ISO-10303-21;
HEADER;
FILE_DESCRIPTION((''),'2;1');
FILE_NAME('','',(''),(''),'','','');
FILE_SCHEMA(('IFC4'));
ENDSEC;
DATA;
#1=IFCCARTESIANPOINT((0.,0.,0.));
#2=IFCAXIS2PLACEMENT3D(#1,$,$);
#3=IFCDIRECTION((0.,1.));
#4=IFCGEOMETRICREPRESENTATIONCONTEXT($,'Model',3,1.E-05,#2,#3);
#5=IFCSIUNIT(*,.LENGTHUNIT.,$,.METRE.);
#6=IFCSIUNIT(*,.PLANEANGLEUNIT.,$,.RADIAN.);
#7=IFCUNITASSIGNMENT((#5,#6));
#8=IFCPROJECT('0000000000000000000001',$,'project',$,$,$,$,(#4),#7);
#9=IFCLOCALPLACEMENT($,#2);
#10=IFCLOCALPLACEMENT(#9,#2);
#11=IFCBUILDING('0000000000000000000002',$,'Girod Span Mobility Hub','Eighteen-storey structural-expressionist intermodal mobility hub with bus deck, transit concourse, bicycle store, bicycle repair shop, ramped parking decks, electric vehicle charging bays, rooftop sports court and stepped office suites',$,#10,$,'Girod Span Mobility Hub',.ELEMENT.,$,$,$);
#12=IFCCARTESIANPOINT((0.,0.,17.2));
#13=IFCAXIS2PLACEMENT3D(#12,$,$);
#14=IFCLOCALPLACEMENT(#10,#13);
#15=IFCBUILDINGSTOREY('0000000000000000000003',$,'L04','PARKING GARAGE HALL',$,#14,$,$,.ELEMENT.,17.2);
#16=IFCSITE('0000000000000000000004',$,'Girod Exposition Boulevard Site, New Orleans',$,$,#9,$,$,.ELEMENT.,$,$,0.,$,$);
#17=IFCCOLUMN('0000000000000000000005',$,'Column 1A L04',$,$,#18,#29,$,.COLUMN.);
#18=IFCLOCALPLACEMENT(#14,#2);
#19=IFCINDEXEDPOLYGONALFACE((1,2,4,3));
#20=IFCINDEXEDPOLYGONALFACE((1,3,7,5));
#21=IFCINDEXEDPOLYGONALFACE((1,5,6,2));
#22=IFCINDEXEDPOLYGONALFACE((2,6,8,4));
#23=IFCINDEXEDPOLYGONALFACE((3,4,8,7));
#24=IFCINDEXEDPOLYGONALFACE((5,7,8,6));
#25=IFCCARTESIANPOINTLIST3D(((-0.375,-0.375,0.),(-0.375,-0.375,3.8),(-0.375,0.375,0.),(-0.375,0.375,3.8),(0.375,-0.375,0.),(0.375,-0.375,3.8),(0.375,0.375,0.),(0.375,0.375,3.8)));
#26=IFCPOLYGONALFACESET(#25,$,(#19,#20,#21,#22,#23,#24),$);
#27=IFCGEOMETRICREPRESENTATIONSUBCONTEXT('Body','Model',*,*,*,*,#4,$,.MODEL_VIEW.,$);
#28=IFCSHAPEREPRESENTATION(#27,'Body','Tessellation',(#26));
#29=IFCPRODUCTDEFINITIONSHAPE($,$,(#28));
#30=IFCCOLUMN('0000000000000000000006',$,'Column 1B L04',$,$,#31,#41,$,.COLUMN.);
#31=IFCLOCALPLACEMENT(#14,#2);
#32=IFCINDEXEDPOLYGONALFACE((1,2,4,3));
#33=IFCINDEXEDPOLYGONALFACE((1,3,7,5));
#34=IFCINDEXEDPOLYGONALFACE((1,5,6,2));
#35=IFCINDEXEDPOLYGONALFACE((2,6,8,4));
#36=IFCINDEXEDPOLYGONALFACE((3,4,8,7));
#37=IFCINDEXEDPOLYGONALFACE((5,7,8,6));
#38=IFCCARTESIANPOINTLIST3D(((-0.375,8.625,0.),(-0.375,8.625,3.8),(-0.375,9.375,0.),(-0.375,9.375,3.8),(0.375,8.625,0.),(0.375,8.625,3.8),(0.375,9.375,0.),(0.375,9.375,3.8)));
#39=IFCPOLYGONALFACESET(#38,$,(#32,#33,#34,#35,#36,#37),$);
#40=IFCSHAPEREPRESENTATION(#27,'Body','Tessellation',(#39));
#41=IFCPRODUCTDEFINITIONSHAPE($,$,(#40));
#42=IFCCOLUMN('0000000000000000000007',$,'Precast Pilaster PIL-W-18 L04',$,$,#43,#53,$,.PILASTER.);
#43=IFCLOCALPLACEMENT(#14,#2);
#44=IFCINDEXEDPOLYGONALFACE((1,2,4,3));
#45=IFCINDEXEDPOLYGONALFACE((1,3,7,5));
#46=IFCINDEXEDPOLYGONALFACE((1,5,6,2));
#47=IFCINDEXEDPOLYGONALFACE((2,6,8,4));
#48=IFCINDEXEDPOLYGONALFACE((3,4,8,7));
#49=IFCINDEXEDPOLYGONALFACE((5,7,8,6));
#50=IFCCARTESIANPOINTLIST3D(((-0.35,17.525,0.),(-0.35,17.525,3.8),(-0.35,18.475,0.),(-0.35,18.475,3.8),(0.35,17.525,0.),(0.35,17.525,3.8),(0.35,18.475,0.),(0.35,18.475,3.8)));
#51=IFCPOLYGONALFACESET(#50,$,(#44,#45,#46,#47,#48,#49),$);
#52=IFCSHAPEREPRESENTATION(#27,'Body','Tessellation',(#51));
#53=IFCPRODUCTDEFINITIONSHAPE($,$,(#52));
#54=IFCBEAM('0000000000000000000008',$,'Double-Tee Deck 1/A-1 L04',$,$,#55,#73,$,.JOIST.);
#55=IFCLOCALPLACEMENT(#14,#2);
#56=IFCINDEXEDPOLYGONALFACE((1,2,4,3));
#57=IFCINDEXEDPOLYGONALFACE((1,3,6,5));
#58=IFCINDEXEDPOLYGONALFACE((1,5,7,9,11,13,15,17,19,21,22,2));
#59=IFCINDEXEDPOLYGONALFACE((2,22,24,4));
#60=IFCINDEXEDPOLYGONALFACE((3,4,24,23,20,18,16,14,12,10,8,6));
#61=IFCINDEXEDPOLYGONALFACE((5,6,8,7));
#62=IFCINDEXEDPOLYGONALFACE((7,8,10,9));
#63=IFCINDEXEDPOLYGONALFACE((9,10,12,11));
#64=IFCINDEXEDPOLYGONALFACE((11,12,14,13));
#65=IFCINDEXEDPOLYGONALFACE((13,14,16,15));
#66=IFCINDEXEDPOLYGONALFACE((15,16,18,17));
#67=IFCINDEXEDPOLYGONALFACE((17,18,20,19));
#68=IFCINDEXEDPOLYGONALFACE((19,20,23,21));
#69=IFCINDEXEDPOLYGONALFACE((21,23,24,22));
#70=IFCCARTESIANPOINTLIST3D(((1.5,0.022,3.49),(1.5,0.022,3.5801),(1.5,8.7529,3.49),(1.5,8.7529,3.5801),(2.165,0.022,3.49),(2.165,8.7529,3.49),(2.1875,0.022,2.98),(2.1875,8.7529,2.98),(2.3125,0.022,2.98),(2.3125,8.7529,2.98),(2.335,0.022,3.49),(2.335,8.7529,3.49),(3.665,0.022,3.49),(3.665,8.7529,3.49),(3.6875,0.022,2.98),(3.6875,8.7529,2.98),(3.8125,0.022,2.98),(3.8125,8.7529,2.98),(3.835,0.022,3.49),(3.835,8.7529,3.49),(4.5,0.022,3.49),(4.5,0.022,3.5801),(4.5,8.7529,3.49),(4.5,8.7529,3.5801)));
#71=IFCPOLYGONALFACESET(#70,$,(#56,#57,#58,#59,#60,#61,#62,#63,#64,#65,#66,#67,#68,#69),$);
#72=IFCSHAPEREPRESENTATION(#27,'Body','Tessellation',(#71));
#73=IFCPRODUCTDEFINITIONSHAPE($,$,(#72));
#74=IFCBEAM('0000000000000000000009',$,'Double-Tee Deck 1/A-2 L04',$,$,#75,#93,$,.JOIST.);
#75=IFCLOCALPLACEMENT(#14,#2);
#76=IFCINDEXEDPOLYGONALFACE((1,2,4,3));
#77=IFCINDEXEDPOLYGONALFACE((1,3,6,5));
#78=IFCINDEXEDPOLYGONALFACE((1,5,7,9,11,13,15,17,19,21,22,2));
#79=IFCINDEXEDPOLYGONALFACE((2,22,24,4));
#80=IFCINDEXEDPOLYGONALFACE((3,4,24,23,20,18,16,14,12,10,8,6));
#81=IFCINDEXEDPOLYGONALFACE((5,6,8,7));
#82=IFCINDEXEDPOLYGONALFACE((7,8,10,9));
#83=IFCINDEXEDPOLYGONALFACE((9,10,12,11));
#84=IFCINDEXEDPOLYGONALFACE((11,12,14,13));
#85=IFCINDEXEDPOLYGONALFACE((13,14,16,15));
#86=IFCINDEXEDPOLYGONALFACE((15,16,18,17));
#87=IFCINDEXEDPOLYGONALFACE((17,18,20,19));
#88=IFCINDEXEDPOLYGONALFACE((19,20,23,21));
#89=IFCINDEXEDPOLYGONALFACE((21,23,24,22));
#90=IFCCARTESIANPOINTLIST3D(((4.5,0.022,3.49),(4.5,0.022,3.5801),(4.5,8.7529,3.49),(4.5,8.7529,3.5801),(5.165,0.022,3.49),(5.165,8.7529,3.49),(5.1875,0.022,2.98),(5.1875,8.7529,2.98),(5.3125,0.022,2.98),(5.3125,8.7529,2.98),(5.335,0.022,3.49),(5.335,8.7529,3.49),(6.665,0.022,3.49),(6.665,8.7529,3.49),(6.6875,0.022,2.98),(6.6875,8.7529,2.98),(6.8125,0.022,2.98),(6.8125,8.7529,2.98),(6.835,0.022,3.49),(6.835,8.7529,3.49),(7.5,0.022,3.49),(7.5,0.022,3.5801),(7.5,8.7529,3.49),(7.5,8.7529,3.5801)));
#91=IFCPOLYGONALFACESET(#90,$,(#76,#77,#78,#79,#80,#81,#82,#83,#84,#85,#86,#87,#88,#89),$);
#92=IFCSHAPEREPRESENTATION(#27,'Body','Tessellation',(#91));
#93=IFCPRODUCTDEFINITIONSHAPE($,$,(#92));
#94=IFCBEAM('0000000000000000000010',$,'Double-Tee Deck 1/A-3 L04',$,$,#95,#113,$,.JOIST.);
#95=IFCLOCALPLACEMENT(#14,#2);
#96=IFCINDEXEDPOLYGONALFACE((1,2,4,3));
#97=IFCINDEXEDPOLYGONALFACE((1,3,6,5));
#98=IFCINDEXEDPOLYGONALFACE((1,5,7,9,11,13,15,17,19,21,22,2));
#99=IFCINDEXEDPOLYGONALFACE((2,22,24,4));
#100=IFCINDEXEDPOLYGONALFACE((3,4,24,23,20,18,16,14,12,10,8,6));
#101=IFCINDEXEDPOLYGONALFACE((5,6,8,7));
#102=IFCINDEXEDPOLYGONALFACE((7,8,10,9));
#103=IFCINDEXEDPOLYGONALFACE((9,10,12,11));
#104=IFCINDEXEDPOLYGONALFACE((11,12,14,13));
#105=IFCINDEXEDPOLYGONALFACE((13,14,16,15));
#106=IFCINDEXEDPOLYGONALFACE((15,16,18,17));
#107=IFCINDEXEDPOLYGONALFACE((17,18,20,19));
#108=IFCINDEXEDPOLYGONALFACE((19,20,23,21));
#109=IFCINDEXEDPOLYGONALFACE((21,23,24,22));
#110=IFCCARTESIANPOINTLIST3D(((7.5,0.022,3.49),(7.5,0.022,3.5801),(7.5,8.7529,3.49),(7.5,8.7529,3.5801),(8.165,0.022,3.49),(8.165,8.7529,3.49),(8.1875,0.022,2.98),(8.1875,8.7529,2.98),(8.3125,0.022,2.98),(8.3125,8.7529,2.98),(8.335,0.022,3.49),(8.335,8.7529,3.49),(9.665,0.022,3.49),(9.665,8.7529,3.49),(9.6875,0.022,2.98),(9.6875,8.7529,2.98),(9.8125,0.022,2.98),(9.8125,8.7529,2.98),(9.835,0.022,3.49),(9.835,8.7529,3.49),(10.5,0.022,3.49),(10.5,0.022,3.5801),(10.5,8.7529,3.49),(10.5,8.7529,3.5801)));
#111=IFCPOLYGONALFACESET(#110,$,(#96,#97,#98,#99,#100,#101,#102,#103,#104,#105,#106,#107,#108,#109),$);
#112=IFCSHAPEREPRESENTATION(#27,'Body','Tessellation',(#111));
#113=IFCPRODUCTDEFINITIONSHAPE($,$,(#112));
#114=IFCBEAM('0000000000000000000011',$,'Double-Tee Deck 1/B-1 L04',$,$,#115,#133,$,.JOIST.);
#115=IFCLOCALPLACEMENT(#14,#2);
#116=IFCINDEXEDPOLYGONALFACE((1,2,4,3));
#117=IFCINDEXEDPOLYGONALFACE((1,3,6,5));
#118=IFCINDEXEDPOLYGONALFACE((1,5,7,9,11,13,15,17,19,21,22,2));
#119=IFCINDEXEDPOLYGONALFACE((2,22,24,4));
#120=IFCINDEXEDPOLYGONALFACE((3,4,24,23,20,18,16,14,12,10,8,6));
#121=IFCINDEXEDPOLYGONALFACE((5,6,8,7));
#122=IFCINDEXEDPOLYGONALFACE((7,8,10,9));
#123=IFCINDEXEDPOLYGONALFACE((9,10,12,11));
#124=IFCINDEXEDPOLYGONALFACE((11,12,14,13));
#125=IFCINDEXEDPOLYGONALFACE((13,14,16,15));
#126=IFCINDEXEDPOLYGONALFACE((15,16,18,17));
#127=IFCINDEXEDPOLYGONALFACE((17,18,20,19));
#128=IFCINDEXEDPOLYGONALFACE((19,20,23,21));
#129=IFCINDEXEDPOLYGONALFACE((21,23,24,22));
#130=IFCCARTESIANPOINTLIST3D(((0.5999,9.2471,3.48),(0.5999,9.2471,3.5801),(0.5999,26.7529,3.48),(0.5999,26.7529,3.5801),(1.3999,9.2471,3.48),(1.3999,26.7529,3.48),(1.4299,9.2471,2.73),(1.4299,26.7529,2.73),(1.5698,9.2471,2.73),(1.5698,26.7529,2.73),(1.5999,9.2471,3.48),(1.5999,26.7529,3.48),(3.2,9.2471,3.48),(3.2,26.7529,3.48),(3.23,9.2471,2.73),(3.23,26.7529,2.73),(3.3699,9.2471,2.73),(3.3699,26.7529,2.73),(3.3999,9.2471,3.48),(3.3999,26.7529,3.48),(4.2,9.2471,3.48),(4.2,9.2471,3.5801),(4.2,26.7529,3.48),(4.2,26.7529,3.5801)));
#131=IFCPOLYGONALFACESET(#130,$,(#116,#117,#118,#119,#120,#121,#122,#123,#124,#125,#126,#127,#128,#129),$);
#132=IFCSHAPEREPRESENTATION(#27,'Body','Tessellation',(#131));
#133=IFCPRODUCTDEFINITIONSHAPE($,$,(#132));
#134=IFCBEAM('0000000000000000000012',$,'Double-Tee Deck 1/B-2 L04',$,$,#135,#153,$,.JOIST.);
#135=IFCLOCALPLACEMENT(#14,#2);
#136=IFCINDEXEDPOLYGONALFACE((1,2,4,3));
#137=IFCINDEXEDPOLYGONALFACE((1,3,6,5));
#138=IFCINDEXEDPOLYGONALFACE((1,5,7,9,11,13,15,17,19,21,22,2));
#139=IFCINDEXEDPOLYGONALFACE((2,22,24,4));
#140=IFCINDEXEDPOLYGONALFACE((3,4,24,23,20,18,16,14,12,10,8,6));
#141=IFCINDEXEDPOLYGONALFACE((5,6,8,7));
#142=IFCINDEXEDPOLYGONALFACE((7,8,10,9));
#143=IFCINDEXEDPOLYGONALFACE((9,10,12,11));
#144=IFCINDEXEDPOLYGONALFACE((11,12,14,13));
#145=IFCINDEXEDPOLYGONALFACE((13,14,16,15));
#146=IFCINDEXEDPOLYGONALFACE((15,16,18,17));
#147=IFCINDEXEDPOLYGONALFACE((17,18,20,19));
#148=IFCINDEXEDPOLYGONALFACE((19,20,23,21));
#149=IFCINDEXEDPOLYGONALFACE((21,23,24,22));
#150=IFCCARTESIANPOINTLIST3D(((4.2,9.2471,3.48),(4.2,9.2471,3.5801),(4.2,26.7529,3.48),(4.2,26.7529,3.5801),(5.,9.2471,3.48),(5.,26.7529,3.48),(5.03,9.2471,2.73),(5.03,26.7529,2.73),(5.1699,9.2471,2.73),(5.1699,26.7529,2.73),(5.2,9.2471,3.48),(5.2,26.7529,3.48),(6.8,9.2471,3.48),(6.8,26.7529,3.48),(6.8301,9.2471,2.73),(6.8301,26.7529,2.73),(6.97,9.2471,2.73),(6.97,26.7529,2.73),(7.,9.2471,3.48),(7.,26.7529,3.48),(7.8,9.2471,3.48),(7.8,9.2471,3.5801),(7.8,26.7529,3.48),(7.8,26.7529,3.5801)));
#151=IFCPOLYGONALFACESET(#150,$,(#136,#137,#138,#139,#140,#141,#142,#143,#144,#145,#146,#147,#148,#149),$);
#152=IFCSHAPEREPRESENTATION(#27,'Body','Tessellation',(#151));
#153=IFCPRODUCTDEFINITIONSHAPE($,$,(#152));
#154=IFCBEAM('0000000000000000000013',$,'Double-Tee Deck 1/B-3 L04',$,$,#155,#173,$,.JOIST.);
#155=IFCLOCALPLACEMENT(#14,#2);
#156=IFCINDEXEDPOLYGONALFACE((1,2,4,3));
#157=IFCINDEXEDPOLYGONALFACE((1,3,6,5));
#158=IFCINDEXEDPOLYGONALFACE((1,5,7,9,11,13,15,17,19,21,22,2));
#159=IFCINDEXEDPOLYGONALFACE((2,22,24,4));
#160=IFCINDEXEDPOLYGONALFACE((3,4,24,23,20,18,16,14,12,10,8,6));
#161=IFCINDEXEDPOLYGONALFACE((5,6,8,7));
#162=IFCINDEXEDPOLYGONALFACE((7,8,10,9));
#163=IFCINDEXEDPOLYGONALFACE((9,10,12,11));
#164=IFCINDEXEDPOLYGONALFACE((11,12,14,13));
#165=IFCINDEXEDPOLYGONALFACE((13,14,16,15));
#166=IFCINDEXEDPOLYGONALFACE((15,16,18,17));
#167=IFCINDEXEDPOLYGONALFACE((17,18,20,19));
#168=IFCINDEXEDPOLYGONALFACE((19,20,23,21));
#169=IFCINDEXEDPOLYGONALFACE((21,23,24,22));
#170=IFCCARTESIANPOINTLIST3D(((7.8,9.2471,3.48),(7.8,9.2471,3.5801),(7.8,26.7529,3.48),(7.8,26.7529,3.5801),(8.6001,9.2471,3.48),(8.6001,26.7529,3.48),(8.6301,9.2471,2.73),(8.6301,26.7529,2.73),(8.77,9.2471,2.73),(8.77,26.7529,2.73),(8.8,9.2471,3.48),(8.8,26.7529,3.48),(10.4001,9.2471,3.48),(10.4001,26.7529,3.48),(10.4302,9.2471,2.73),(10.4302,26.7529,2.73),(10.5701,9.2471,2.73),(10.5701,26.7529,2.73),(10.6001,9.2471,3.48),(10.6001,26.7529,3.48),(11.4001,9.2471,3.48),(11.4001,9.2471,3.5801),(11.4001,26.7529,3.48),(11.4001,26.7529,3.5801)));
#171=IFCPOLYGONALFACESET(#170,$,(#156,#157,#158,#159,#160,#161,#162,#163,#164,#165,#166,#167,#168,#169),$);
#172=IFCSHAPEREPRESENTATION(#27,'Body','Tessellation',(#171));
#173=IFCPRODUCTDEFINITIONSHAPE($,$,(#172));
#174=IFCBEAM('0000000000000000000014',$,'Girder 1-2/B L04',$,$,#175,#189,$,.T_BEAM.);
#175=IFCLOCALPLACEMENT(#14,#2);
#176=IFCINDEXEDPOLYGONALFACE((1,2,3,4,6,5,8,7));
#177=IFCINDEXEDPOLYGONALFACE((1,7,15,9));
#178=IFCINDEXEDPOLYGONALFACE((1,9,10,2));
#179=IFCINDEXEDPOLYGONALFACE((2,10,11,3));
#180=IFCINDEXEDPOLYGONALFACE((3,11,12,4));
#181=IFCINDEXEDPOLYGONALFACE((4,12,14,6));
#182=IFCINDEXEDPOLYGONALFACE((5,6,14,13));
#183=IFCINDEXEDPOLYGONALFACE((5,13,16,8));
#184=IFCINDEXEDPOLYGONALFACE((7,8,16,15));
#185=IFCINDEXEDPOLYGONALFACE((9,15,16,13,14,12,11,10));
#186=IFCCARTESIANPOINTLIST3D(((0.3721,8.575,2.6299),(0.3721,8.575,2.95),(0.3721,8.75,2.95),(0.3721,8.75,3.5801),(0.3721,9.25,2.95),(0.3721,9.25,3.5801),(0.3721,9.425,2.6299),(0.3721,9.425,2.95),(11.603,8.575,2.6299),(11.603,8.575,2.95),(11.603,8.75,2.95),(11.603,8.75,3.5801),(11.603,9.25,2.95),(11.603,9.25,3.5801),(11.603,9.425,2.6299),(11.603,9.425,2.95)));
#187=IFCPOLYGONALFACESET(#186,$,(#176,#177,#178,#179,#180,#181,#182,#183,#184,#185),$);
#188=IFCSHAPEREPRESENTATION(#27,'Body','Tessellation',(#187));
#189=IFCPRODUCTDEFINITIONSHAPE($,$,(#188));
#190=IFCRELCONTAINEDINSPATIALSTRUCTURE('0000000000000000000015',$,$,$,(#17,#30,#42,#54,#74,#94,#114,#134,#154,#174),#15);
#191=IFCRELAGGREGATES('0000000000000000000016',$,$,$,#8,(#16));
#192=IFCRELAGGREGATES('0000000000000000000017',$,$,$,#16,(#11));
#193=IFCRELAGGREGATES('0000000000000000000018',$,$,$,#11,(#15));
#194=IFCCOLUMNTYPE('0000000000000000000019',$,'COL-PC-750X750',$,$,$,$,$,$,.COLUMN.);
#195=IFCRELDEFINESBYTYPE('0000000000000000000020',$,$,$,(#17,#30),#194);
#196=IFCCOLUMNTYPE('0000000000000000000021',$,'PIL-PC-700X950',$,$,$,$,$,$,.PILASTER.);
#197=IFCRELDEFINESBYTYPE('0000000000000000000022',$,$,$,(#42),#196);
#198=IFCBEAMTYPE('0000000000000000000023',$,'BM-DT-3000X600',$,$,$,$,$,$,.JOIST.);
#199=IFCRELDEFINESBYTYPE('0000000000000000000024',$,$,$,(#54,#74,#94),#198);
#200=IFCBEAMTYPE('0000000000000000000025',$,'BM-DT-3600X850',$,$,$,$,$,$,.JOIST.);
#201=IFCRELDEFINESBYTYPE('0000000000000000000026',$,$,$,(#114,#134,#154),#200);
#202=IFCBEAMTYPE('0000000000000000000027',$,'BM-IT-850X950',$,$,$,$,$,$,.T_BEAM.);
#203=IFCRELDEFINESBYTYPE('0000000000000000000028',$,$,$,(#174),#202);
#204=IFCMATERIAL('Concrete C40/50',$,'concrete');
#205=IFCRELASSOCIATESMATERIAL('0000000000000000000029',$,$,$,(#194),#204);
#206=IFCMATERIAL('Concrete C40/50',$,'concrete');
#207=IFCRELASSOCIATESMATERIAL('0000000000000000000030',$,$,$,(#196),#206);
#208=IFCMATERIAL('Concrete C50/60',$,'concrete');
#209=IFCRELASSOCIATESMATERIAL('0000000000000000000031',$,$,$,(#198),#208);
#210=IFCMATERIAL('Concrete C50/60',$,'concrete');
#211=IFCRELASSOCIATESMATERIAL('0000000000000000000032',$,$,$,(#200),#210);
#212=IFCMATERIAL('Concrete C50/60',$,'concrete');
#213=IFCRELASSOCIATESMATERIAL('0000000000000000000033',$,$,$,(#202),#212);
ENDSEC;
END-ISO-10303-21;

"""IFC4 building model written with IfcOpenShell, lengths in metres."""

from ifc_helpers import new_model, si_unit, direction, frame, origin, origin_2d, place, context, subcontext, project, spatial, polyline, rectangle, outline, extrude, material, material_profile, profile_set, type_object, element, save


model = new_model("IFC4")

# Units and contexts
model_context = context("Model", 3, precision=1e-05, world=origin(), true_north=direction((0.0, 1.0)))
body_context = subcontext(model_context, "Body", "Model", "MODEL_VIEW")
ifc_project = project(units=[si_unit("LENGTHUNIT", "METRE"), si_unit("PLANEANGLEUNIT", "RADIAN")], contexts=[model_context])

# Site, building, storey
site_placement = place(None, origin())
site = spatial("IfcSite", under=ifc_project, at=site_placement, Name="Girod Exposition Boulevard Site, New Orleans", CompositionType="ELEMENT", RefElevation=0.0)
building_placement = place(site_placement, origin())
building = spatial("IfcBuilding", under=site, at=building_placement, Name="Girod Span Mobility Hub", Description="Eighteen-storey structural-expressionist intermodal mobility hub with bus deck, transit concourse, bicycle store, bicycle repair shop, ramped parking decks, electric vehicle charging bays, rooftop sports court and stepped office suites", LongName="Girod Span Mobility Hub", CompositionType="ELEMENT")
storey_placement = place(building_placement, frame((0.0, 0.0, 17.2)))
storey = spatial("IfcBuildingStorey", under=building, at=storey_placement, Name="L04", Description="PARKING GARAGE HALL", CompositionType="ELEMENT", Elevation=17.2)

# Columns
ifc_material_1 = material(Name="Concrete C40/50", Category="concrete")
ifc_material_profile_1 = material_profile(ifc_material_1, rectangle(XDim=0.75, YDim=0.75, at=origin_2d()), Name="PC-COL-750X750")
ifc_profile_set_1 = profile_set([ifc_material_profile_1], Name="Concrete C40/50")
column_type_1 = type_object("IfcColumnType", Name="COL-PC-750X750", PredefinedType="COLUMN", material=ifc_profile_set_1)
for number, where, z_axis, x_axis, name in (
    (1, (0.0, 0.0, 0.0), (0.0, 0.0, 1.0), (1.0, 0.0, 0.0), "Column 1A L04"),
    (2, (0.0, 9.0, 0.0), (0.0, 0.0, 1.0), (1.0, 0.0, 0.0), "Column 1B L04"),
):
    element("IfcColumn", number, at=place(storey_placement, frame(where, z_axis=z_axis, x_axis=x_axis)), inside=storey, type_object=column_type_1, Name=name, PredefinedType="COLUMN", context=body_context, shape_type="SweptSolid", body=[
        extrude(rectangle(XDim=0.75, YDim=0.75, at=origin_2d()), origin(), (0.0, 0.0, 1.0), 3.8),
    ])
ifc_material_2 = material(Name="Concrete C40/50", Category="concrete")
ifc_material_profile_2 = material_profile(ifc_material_2, rectangle(XDim=0.7, YDim=0.95, at=origin_2d()), Name="PC-PIL-700X950")
ifc_profile_set_2 = profile_set([ifc_material_profile_2], Name="Concrete C40/50")
column_type_2 = type_object("IfcColumnType", Name="PIL-PC-700X950", PredefinedType="PILASTER", material=ifc_profile_set_2)
column_placement = place(storey_placement, frame((0.0, 18.0, 0.0), z_axis=(0.0, 0.0, 1.0), x_axis=(1.0, 0.0, 0.0)))
element("IfcColumn", 3, at=column_placement, inside=storey, type_object=column_type_2, Name="Precast Pilaster PIL-W-18 L04", PredefinedType="PILASTER", context=body_context, shape_type="SweptSolid", body=[
    extrude(rectangle(XDim=0.7, YDim=0.95, at=origin_2d()), origin(), (0.0, 0.0, 1.0), 3.8),
])

# Beams
ifc_material_3 = material(Name="Concrete C50/60", Category="concrete")
ifc_material_profile_3 = material_profile(ifc_material_3, outline(polyline([(-1.5, 0.3), (-1.5, 0.21), (-0.835, 0.21), (-0.8125, -0.3), (-0.6875, -0.3), (-0.665, 0.21), (0.665, 0.21), (0.6875, -0.3), (0.8125, -0.3), (0.835, 0.21), (1.5, 0.21), (1.5, 0.3), (-1.5, 0.3)])), Name="DT-3000X600")
ifc_profile_set_3 = profile_set([ifc_material_profile_3], Name="Concrete C50/60")
beam_type_1 = type_object("IfcBeamType", Name="BM-DT-3000X600", PredefinedType="JOIST", material=ifc_profile_set_3)
for number, where, z_axis, x_axis, name in (
    (4, (3.0, 0.022, 3.28), (0.0, 1.0, 0.0), (-1.0, 0.0, 0.0), "Double-Tee Deck 1/A-1 L04"),
    (5, (6.0, 0.022, 3.28), (0.0, 1.0, 0.0), (-1.0, 0.0, 0.0), "Double-Tee Deck 1/A-2 L04"),
    (6, (9.0, 0.022, 3.28), (0.0, 1.0, 0.0), (-1.0, 0.0, 0.0), "Double-Tee Deck 1/A-3 L04"),
):
    element("IfcBeam", number, at=place(storey_placement, frame(where, z_axis=z_axis, x_axis=x_axis)), inside=storey, type_object=beam_type_1, Name=name, PredefinedType="JOIST", context=body_context, shape_type="SweptSolid", body=[
        extrude(outline(polyline([(-1.5, 0.3), (-1.5, 0.21), (-0.835, 0.21), (-0.8125, -0.3), (-0.6875, -0.3), (-0.665, 0.21), (0.665, 0.21), (0.6875, -0.3), (0.8125, -0.3), (0.835, 0.21), (1.5, 0.21), (1.5, 0.3), (-1.5, 0.3)])), origin(), (0.0, 0.0, 1.0), 8.731),
    ])
ifc_material_4 = material(Name="Concrete C50/60", Category="concrete")
ifc_material_profile_4 = material_profile(ifc_material_4, outline(polyline([(-1.8, 0.425), (-1.8, 0.325), (-1.0, 0.325), (-0.97, -0.425), (-0.8301, -0.425), (-0.8, 0.325), (0.8, 0.325), (0.8301, -0.425), (0.97, -0.425), (1.0, 0.325), (1.8, 0.325), (1.8, 0.425), (-1.8, 0.425)])), Name="DT-3600X850")
ifc_profile_set_4 = profile_set([ifc_material_profile_4], Name="Concrete C50/60")
beam_type_2 = type_object("IfcBeamType", Name="BM-DT-3600X850", PredefinedType="JOIST", material=ifc_profile_set_4)
for number, where, z_axis, x_axis, name in (
    (7, (2.3999, 9.2471, 3.155), (0.0, 1.0, 0.0), (-1.0, 0.0, 0.0), "Double-Tee Deck 1/B-1 L04"),
    (8, (6.0, 9.2471, 3.155), (0.0, 1.0, 0.0), (-1.0, 0.0, 0.0), "Double-Tee Deck 1/B-2 L04"),
    (9, (9.6001, 9.2471, 3.155), (0.0, 1.0, 0.0), (-1.0, 0.0, 0.0), "Double-Tee Deck 1/B-3 L04"),
):
    element("IfcBeam", number, at=place(storey_placement, frame(where, z_axis=z_axis, x_axis=x_axis)), inside=storey, type_object=beam_type_2, Name=name, PredefinedType="JOIST", context=body_context, shape_type="SweptSolid", body=[
        extrude(outline(polyline([(-1.8, 0.425), (-1.8, 0.325), (-1.0, 0.325), (-0.97, -0.425), (-0.8301, -0.425), (-0.8, 0.325), (0.8, 0.325), (0.8301, -0.425), (0.97, -0.425), (1.0, 0.325), (1.8, 0.325), (1.8, 0.425), (-1.8, 0.425)])), origin(), (0.0, 0.0, 1.0), 17.5059),
    ])
ifc_material_5 = material(Name="Concrete C50/60", Category="concrete")
ifc_material_profile_5 = material_profile(ifc_material_5, outline(polyline([(-0.425, -0.4751), (0.425, -0.4751), (0.425, -0.155), (0.25, -0.155), (0.25, 0.4751), (-0.25, 0.4751), (-0.25, -0.155), (-0.425, -0.155), (-0.425, -0.4751)])), Name="IT-850X950")
ifc_profile_set_5 = profile_set([ifc_material_profile_5], Name="Concrete C50/60")
beam_type_3 = type_object("IfcBeamType", Name="BM-IT-850X950", PredefinedType="T_BEAM", material=ifc_profile_set_5)
beam_1_placement = place(storey_placement, frame((0.3721, 9.0, 3.105), z_axis=(1.0, 0.0, 0.0), x_axis=(0.0, 1.0, 0.0)))
element("IfcBeam", 10, at=beam_1_placement, inside=storey, type_object=beam_type_3, Name="Girder 1-2/B L04", PredefinedType="T_BEAM", context=body_context, shape_type="SweptSolid", body=[
    extrude(outline(polyline([(-0.425, -0.4751), (0.425, -0.4751), (0.425, -0.155), (0.25, -0.155), (0.25, 0.4751), (-0.25, 0.4751), (-0.25, -0.155), (-0.425, -0.155), (-0.425, -0.4751)])), origin(), (0.0, 0.0, 1.0), 11.231),
])

save(model, "model.ifc")
